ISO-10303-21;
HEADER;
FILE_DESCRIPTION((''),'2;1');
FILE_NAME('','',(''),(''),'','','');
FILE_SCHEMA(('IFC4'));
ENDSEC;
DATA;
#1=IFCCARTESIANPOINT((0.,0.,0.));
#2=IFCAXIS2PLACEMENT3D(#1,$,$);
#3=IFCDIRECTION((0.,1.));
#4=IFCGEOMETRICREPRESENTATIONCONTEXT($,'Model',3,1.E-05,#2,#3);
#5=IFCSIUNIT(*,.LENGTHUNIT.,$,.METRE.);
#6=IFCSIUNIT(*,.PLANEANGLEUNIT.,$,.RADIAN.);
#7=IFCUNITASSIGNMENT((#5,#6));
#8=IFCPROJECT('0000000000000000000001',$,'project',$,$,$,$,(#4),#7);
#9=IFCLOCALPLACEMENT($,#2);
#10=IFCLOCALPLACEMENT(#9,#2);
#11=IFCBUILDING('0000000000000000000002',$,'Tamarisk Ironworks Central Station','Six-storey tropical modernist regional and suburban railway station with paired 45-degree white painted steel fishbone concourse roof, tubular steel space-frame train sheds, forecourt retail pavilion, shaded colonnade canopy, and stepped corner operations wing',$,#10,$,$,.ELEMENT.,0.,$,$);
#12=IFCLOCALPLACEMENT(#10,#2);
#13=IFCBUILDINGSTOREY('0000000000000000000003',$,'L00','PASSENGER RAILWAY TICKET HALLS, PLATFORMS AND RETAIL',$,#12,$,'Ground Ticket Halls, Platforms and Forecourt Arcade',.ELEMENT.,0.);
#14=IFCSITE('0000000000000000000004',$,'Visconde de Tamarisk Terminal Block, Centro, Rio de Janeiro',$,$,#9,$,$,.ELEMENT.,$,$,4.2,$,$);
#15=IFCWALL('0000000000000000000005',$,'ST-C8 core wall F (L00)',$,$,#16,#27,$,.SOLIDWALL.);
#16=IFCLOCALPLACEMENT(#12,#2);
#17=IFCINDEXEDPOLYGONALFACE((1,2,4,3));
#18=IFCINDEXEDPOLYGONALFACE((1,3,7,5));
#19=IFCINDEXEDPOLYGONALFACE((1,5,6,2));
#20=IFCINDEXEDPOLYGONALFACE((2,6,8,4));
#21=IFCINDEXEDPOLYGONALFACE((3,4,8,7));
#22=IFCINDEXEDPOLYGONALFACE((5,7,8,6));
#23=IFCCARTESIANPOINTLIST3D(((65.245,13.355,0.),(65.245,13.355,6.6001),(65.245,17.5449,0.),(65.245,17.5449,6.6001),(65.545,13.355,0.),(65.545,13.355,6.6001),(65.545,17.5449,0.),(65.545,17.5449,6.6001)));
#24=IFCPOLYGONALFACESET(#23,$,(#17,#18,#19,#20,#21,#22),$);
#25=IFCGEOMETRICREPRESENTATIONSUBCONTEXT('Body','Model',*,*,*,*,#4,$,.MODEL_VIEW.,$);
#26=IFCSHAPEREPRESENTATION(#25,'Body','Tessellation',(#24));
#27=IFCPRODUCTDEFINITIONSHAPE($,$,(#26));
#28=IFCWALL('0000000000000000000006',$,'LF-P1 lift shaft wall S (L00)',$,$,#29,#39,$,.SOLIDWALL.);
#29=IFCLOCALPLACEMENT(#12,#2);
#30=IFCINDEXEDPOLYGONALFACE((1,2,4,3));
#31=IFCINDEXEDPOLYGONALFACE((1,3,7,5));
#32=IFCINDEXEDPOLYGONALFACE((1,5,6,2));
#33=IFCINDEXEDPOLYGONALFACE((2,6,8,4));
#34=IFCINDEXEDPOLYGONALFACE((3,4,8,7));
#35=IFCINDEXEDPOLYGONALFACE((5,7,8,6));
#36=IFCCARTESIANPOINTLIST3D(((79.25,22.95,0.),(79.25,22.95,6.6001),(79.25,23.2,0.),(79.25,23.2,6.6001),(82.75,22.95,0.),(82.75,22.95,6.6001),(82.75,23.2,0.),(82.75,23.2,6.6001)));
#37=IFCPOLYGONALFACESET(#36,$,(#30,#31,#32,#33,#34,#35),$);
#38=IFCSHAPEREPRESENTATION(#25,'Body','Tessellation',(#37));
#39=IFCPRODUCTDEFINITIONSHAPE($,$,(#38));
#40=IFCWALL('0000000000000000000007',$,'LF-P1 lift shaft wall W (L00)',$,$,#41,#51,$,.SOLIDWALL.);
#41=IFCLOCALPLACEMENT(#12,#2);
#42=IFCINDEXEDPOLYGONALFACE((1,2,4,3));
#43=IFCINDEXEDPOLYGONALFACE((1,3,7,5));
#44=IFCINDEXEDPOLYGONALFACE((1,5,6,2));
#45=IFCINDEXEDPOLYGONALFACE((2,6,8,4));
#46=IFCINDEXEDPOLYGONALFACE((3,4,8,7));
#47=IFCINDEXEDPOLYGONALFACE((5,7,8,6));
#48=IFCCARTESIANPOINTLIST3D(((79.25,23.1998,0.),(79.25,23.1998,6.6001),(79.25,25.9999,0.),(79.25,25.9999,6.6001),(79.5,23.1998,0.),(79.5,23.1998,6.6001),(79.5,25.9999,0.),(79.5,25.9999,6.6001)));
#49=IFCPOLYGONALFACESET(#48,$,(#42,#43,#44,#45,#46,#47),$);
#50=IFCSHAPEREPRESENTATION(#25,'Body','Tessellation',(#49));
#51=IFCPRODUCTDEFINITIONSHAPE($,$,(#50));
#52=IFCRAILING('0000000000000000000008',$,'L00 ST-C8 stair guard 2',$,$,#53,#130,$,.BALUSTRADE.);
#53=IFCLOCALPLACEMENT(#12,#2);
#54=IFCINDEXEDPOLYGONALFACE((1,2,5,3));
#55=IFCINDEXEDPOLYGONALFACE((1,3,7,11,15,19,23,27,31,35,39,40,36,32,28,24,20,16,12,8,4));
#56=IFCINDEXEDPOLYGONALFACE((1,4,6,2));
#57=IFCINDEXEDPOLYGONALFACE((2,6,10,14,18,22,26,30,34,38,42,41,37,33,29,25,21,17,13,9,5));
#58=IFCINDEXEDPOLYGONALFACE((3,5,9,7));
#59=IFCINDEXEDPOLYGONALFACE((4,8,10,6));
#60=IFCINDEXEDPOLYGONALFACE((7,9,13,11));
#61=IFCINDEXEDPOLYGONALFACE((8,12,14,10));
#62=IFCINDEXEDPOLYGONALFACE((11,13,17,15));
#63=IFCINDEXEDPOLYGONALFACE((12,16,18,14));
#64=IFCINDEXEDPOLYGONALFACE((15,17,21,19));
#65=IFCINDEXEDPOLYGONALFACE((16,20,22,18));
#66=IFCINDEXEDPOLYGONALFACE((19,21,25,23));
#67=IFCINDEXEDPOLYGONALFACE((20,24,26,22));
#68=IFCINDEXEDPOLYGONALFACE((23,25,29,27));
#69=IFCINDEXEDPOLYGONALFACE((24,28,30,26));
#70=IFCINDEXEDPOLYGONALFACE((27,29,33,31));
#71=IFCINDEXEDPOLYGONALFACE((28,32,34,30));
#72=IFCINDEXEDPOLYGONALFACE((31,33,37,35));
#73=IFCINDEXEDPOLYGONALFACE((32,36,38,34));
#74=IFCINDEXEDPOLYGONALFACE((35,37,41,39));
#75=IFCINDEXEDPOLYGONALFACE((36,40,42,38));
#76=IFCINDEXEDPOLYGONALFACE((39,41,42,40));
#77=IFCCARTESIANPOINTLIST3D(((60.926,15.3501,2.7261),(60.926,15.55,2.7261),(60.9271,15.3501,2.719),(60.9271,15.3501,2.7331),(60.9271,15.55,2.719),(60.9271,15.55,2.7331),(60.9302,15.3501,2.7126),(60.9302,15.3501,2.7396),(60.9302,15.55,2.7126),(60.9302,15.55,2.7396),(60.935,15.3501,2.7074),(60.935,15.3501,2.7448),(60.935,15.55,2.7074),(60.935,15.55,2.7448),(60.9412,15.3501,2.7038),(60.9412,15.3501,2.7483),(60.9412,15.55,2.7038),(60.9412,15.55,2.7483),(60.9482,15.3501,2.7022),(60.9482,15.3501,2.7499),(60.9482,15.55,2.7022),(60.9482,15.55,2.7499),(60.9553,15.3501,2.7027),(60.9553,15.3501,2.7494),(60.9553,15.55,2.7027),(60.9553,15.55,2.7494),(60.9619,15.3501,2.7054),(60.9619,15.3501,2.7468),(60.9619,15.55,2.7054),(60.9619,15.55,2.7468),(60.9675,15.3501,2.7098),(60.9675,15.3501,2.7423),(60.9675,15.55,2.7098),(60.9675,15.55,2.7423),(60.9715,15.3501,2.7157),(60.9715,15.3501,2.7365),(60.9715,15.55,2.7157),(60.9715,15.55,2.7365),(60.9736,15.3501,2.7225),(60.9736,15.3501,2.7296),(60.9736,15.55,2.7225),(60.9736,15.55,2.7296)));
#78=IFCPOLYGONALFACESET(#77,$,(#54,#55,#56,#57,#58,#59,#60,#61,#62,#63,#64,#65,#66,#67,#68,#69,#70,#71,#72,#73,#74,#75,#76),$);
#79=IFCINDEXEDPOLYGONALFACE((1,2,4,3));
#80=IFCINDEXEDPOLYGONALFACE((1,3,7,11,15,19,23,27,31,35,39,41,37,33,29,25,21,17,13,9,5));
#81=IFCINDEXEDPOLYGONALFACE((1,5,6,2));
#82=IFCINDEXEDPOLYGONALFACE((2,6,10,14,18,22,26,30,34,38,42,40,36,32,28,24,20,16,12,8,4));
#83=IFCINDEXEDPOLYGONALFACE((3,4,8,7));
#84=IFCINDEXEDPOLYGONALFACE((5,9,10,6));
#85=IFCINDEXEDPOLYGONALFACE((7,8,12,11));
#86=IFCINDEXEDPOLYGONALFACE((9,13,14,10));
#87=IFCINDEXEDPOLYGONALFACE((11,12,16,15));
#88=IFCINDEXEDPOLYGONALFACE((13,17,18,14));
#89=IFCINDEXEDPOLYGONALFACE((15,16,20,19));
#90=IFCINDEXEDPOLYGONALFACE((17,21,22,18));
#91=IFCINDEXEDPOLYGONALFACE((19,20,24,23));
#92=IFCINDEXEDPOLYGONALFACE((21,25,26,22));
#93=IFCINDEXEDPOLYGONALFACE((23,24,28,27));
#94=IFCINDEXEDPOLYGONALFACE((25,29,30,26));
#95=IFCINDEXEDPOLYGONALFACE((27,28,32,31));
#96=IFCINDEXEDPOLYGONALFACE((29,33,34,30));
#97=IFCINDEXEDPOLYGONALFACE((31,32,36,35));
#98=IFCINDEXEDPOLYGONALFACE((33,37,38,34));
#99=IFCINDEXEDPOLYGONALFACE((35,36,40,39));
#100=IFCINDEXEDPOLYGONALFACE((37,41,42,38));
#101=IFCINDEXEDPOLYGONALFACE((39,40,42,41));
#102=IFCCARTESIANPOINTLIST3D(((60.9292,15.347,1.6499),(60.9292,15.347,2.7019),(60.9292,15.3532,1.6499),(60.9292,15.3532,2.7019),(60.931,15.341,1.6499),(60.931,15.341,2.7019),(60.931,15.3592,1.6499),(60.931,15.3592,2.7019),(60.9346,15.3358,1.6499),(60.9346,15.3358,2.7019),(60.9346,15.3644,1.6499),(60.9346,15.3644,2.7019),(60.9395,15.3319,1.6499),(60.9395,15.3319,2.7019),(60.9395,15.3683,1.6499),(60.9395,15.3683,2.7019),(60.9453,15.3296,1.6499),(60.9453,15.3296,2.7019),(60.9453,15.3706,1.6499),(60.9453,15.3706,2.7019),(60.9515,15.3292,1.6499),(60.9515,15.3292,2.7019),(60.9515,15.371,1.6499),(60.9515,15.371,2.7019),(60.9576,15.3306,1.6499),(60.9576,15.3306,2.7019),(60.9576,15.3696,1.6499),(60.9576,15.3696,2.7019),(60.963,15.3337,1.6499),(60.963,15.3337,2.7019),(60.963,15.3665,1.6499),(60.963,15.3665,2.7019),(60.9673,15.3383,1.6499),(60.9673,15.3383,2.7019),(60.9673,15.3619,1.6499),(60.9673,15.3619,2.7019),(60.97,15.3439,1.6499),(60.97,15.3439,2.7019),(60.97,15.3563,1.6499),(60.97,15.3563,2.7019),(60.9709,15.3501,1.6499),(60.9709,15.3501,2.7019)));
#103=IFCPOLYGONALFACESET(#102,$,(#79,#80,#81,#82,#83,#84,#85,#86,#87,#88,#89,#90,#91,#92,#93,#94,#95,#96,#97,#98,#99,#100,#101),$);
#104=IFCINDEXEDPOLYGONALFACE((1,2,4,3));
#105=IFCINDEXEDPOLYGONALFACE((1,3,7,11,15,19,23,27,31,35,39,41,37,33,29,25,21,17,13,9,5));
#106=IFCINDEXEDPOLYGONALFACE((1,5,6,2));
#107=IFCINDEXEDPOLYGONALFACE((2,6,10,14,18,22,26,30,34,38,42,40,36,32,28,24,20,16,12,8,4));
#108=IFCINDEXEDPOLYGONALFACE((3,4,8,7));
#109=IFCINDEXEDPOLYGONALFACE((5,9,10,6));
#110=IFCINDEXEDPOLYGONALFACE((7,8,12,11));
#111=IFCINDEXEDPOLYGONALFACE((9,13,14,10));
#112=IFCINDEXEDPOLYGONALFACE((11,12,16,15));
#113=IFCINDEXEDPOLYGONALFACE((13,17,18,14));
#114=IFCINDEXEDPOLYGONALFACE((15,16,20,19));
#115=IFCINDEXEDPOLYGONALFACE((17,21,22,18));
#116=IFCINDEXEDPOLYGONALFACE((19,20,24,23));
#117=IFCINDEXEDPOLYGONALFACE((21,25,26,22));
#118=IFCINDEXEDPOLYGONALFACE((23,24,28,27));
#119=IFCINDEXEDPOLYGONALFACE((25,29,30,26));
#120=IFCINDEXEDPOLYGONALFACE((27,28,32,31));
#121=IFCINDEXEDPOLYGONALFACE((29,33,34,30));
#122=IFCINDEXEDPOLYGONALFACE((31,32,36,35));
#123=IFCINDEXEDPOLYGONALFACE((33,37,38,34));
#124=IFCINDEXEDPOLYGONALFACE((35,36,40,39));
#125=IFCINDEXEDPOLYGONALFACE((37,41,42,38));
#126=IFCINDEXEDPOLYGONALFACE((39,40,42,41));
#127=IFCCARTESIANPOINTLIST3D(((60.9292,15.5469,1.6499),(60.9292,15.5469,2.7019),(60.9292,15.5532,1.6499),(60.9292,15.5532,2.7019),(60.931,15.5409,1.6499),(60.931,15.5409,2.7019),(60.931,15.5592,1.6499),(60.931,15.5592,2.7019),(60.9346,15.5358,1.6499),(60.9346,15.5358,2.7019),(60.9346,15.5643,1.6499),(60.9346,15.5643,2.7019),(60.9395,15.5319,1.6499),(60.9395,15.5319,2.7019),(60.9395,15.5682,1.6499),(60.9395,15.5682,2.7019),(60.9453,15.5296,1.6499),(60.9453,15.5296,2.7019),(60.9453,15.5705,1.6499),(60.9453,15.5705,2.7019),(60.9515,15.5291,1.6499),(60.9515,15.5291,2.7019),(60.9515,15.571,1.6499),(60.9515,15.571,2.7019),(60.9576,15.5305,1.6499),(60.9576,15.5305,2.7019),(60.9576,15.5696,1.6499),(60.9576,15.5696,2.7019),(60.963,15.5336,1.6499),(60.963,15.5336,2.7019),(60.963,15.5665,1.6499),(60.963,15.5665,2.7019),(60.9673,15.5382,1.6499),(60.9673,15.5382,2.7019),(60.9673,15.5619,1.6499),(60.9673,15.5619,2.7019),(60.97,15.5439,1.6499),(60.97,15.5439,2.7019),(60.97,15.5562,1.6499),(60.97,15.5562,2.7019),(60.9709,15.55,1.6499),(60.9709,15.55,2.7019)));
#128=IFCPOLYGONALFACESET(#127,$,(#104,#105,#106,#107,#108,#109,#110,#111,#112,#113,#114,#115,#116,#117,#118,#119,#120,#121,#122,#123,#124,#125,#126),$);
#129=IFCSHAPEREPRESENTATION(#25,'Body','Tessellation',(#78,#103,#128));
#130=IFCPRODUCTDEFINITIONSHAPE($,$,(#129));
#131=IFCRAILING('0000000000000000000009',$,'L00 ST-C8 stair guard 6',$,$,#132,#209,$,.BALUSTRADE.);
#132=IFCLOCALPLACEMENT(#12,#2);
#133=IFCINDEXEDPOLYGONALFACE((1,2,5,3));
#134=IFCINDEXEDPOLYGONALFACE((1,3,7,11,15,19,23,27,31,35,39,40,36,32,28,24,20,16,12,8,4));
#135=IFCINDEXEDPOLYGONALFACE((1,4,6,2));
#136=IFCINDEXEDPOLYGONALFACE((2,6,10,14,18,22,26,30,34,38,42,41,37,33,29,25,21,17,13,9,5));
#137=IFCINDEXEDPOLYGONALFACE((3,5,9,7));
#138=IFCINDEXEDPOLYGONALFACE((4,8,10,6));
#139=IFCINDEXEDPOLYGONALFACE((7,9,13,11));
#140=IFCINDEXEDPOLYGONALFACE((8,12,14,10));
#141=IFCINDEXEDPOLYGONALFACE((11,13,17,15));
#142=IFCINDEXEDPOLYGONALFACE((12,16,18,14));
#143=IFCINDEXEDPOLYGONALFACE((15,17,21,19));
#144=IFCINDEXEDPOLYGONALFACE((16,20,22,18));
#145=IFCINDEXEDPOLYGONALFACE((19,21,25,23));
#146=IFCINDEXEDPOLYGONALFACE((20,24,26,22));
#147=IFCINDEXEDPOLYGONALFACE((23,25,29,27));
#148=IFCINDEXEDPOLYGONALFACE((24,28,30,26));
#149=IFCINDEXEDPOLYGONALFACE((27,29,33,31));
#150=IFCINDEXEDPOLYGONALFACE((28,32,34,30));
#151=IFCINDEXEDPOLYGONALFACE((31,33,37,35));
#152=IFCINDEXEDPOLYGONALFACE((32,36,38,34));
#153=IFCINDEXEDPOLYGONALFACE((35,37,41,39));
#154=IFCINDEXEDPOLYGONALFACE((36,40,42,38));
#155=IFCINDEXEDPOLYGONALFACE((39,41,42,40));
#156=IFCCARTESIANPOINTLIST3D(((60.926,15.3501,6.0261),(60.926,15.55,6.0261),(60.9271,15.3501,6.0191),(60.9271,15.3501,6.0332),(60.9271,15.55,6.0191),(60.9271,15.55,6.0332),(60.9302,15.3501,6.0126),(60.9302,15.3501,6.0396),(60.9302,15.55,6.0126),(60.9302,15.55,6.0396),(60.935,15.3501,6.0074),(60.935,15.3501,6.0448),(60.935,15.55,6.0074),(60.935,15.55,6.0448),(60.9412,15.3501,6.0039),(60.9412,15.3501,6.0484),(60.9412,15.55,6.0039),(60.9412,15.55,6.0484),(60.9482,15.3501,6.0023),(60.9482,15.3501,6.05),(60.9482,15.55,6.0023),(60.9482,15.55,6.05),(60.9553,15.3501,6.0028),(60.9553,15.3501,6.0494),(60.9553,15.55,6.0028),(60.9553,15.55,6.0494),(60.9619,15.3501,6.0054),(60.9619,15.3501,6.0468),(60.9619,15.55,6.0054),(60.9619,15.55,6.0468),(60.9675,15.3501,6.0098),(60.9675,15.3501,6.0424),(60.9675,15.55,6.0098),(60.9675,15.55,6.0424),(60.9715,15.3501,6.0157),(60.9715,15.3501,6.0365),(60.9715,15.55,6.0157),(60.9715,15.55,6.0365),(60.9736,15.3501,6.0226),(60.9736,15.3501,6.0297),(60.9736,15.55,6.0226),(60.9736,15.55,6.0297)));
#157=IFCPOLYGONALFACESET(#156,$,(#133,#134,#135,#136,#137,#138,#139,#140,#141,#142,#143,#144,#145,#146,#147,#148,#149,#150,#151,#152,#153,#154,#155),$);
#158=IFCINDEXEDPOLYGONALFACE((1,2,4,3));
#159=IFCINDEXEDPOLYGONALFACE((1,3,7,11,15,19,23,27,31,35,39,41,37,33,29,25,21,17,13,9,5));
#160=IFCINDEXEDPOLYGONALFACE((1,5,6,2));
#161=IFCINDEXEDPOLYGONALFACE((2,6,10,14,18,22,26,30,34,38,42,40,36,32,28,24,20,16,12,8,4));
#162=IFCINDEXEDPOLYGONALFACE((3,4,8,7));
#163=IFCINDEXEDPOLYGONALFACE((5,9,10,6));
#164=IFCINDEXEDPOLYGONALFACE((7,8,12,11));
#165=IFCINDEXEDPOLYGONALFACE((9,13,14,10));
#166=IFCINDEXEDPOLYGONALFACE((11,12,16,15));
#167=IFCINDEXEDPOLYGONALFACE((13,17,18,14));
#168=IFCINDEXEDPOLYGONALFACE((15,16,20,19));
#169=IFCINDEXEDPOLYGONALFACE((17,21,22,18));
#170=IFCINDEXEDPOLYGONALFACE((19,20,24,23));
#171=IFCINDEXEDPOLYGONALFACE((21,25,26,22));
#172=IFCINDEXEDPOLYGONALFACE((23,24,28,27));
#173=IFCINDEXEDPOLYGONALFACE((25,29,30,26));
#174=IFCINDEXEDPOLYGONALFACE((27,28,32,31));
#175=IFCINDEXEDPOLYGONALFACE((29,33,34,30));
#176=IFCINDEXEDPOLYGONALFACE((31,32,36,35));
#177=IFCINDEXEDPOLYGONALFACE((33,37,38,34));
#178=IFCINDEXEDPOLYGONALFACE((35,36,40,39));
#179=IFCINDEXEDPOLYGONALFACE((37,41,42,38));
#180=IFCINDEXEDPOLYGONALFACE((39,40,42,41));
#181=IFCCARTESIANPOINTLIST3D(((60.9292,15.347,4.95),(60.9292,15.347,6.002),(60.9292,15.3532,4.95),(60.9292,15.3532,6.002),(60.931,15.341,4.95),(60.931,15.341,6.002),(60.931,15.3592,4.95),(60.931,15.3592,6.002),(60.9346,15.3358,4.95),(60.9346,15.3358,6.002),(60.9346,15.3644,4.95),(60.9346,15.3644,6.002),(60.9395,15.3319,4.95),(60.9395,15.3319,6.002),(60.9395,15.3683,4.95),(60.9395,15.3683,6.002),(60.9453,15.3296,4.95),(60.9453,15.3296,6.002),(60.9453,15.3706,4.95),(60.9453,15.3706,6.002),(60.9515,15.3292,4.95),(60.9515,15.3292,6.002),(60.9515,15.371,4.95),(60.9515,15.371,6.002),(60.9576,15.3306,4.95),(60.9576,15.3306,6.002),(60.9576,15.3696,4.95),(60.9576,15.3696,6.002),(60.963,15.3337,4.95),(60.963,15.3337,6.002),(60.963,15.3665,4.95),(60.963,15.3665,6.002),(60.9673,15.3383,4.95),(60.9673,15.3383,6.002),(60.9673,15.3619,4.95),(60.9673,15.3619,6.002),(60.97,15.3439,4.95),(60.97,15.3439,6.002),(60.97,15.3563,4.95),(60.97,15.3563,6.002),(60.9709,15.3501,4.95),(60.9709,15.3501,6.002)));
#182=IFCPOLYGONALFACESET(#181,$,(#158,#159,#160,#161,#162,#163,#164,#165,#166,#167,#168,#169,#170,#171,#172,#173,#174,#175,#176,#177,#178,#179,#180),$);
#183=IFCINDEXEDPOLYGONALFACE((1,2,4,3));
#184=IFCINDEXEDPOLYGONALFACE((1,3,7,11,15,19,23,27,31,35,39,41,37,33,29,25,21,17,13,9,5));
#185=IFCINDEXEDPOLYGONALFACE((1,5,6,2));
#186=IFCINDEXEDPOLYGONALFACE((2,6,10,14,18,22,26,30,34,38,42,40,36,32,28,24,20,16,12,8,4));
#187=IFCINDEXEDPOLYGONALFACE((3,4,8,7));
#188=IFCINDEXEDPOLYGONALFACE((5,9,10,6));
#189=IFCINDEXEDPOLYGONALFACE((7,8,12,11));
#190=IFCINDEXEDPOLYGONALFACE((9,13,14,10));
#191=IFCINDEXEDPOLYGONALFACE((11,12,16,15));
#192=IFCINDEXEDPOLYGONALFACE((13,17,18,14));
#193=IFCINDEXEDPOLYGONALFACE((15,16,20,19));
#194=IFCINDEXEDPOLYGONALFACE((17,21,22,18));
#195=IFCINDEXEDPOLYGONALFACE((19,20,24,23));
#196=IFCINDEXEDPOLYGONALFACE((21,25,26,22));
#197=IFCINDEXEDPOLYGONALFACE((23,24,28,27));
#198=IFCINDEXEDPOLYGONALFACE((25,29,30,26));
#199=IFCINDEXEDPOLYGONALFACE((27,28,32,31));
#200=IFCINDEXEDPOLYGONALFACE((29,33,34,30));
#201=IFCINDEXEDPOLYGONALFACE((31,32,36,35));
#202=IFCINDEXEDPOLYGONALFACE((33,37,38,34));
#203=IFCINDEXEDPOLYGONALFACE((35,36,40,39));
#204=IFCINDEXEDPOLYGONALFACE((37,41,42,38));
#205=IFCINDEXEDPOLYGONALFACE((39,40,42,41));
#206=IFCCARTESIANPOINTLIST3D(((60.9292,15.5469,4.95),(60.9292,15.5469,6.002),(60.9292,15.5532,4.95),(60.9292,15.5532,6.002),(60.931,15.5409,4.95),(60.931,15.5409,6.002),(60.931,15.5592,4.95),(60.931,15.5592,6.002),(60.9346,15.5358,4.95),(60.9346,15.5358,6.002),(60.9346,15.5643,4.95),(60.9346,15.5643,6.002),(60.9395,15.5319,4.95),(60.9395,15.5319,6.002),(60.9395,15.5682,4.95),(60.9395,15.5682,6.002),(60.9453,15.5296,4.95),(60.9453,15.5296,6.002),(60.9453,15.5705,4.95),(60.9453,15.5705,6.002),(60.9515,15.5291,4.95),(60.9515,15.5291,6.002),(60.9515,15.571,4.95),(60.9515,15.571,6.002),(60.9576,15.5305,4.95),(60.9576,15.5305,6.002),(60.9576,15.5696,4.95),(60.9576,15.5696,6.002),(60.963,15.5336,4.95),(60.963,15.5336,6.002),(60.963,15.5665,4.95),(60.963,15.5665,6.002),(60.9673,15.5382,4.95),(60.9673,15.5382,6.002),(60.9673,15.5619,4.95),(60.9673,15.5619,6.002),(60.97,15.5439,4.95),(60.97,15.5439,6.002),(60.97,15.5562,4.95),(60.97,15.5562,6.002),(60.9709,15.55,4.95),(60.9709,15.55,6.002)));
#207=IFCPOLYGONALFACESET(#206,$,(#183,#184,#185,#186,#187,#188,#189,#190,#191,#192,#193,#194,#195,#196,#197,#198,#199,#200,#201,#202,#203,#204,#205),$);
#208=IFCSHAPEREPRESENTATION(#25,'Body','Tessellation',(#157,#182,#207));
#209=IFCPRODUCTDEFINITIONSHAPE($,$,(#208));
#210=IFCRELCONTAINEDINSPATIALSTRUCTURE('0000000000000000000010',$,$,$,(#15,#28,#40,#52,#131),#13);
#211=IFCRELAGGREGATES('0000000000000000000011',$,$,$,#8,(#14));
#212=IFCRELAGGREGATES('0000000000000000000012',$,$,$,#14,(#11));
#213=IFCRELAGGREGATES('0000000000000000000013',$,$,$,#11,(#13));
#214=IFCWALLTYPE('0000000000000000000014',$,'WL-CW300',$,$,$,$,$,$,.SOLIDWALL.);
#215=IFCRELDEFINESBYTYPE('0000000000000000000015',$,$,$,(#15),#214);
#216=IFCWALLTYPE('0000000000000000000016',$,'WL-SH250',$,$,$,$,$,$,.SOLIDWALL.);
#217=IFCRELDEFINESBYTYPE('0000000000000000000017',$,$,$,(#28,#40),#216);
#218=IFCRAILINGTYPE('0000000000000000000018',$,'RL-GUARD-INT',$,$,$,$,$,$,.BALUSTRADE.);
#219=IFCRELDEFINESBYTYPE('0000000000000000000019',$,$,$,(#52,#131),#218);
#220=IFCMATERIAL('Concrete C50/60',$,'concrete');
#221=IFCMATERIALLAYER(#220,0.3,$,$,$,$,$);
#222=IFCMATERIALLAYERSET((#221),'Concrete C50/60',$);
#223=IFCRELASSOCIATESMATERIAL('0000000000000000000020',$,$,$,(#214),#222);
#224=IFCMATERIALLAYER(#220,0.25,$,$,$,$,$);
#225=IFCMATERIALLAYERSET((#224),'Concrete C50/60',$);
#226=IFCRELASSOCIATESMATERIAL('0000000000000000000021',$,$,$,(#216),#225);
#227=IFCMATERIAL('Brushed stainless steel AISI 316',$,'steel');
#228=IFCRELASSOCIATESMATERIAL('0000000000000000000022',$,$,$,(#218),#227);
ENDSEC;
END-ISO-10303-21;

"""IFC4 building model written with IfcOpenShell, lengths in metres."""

from ifc_helpers import new_model, si_unit, direction, frame, frame_2d, origin, origin_2d, place, context, subcontext, project, spatial, rectangle, circle, extrude, material, layer, layer_set, type_object, element, save


model = new_model("IFC4")

# Units and contexts
model_context = context("Model", 3, precision=1e-05, world=origin(), true_north=direction((0.0, 1.0)))
body_context = subcontext(model_context, "Body", "Model", "MODEL_VIEW")
ifc_project = project(units=[si_unit("LENGTHUNIT", "METRE"), si_unit("PLANEANGLEUNIT", "RADIAN")], contexts=[model_context])

# Site, building, storey
site_placement = place(None, origin())
site = spatial("IfcSite", under=ifc_project, at=site_placement, Name="Visconde de Tamarisk Terminal Block, Centro, Rio de Janeiro", CompositionType="ELEMENT", RefElevation=4.2)
building_placement = place(site_placement, origin())
building = spatial("IfcBuilding", under=site, at=building_placement, Name="Tamarisk Ironworks Central Station", Description="Six-storey tropical modernist regional and suburban railway station with paired 45-degree white painted steel fishbone concourse roof, tubular steel space-frame train sheds, forecourt retail pavilion, shaded colonnade canopy, and stepped corner operations wing", CompositionType="ELEMENT", ElevationOfRefHeight=0.0)
storey_placement = place(building_placement, origin())
storey = spatial("IfcBuildingStorey", under=building, at=storey_placement, Name="L00", Description="PASSENGER RAILWAY TICKET HALLS, PLATFORMS AND RETAIL", LongName="Ground Ticket Halls, Platforms and Forecourt Arcade", CompositionType="ELEMENT", Elevation=0.0)

# Walls
ifc_material_1 = material(Name="Concrete C50/60", Category="concrete")
ifc_layer_1 = layer(ifc_material_1, 0.3)
ifc_layer_set_1 = layer_set([ifc_layer_1], Name="Concrete C50/60")
wall_type_1 = type_object("IfcWallType", Name="WL-CW300", PredefinedType="SOLIDWALL", material=ifc_layer_set_1)
wall_1_placement = place(storey_placement, frame((65.395, 13.355, 0.0), z_axis=(0.0, 0.0, 1.0), x_axis=(0.0, 1.0, 0.0)))
element("IfcWall", 1, at=wall_1_placement, inside=storey, type_object=wall_type_1, Name="ST-C8 core wall F (L00)", PredefinedType="SOLIDWALL", context=body_context, shape_type="SweptSolid", body=[
    extrude(rectangle(XDim=4.1899, YDim=0.3, at=frame_2d((2.095, 0.0))), origin(), (0.0, 0.0, 1.0), 6.6001),
])
ifc_layer_2 = layer(ifc_material_1, 0.25)
ifc_layer_set_2 = layer_set([ifc_layer_2], Name="Concrete C50/60")
wall_type_2 = type_object("IfcWallType", Name="WL-SH250", PredefinedType="SOLIDWALL", material=ifc_layer_set_2)
wall_2_placement = place(storey_placement, frame((79.25, 23.075, 0.0), z_axis=(0.0, 0.0, 1.0), x_axis=(1.0, 0.0, 0.0)))
element("IfcWall", 2, at=wall_2_placement, inside=storey, type_object=wall_type_2, Name="LF-P1 lift shaft wall S (L00)", PredefinedType="SOLIDWALL", context=body_context, shape_type="SweptSolid", body=[
    extrude(rectangle(XDim=3.5, YDim=0.25, at=frame_2d((1.75, 0.0))), origin(), (0.0, 0.0, 1.0), 6.6001),
])
wall_3_placement = place(storey_placement, frame((79.375, 23.2, 0.0), z_axis=(0.0, 0.0, 1.0), x_axis=(0.0, 1.0, 0.0)))
element("IfcWall", 3, at=wall_3_placement, inside=storey, type_object=wall_type_2, Name="LF-P1 lift shaft wall W (L00)", PredefinedType="SOLIDWALL", context=body_context, shape_type="SweptSolid", body=[
    extrude(rectangle(XDim=2.8, YDim=0.25, at=frame_2d((1.3999, 0.0))), origin(), (0.0, 0.0, 1.0), 6.6001),
])

# Railings
ifc_material_2 = material(Name="Brushed stainless steel AISI 316", Category="steel")
railing_type = type_object("IfcRailingType", Name="RL-GUARD-INT", PredefinedType="BALUSTRADE", material=ifc_material_2)
for number, where, name in (
    (4, (60.95, 15.3501, 1.6499), "L00 ST-C8 stair guard 2"),
    (5, (60.95, 15.3501, 4.95), "L00 ST-C8 stair guard 6"),
):
    element("IfcRailing", number, at=place(storey_placement, frame(where)), inside=storey, type_object=railing_type, Name=name, PredefinedType="BALUSTRADE", context=body_context, shape_type="SweptSolid", body=[
        extrude(circle(Radius=0.0239, at=origin_2d()), frame((0.0, 0.0, 1.0762), z_axis=(0.0, 1.0, 0.0), x_axis=(-1.0, 0.0, 0.0)), (0.0, 0.0, 1.0), 0.2),
        extrude(circle(Radius=0.021, at=origin_2d()), origin(), (0.0, 0.0, 1.0), 1.052),
        extrude(circle(Radius=0.021, at=origin_2d()), frame((0.0, 0.2, 0.0)), (0.0, 0.0, 1.0), 1.052),
    ])

save(model, "model.ifc")
